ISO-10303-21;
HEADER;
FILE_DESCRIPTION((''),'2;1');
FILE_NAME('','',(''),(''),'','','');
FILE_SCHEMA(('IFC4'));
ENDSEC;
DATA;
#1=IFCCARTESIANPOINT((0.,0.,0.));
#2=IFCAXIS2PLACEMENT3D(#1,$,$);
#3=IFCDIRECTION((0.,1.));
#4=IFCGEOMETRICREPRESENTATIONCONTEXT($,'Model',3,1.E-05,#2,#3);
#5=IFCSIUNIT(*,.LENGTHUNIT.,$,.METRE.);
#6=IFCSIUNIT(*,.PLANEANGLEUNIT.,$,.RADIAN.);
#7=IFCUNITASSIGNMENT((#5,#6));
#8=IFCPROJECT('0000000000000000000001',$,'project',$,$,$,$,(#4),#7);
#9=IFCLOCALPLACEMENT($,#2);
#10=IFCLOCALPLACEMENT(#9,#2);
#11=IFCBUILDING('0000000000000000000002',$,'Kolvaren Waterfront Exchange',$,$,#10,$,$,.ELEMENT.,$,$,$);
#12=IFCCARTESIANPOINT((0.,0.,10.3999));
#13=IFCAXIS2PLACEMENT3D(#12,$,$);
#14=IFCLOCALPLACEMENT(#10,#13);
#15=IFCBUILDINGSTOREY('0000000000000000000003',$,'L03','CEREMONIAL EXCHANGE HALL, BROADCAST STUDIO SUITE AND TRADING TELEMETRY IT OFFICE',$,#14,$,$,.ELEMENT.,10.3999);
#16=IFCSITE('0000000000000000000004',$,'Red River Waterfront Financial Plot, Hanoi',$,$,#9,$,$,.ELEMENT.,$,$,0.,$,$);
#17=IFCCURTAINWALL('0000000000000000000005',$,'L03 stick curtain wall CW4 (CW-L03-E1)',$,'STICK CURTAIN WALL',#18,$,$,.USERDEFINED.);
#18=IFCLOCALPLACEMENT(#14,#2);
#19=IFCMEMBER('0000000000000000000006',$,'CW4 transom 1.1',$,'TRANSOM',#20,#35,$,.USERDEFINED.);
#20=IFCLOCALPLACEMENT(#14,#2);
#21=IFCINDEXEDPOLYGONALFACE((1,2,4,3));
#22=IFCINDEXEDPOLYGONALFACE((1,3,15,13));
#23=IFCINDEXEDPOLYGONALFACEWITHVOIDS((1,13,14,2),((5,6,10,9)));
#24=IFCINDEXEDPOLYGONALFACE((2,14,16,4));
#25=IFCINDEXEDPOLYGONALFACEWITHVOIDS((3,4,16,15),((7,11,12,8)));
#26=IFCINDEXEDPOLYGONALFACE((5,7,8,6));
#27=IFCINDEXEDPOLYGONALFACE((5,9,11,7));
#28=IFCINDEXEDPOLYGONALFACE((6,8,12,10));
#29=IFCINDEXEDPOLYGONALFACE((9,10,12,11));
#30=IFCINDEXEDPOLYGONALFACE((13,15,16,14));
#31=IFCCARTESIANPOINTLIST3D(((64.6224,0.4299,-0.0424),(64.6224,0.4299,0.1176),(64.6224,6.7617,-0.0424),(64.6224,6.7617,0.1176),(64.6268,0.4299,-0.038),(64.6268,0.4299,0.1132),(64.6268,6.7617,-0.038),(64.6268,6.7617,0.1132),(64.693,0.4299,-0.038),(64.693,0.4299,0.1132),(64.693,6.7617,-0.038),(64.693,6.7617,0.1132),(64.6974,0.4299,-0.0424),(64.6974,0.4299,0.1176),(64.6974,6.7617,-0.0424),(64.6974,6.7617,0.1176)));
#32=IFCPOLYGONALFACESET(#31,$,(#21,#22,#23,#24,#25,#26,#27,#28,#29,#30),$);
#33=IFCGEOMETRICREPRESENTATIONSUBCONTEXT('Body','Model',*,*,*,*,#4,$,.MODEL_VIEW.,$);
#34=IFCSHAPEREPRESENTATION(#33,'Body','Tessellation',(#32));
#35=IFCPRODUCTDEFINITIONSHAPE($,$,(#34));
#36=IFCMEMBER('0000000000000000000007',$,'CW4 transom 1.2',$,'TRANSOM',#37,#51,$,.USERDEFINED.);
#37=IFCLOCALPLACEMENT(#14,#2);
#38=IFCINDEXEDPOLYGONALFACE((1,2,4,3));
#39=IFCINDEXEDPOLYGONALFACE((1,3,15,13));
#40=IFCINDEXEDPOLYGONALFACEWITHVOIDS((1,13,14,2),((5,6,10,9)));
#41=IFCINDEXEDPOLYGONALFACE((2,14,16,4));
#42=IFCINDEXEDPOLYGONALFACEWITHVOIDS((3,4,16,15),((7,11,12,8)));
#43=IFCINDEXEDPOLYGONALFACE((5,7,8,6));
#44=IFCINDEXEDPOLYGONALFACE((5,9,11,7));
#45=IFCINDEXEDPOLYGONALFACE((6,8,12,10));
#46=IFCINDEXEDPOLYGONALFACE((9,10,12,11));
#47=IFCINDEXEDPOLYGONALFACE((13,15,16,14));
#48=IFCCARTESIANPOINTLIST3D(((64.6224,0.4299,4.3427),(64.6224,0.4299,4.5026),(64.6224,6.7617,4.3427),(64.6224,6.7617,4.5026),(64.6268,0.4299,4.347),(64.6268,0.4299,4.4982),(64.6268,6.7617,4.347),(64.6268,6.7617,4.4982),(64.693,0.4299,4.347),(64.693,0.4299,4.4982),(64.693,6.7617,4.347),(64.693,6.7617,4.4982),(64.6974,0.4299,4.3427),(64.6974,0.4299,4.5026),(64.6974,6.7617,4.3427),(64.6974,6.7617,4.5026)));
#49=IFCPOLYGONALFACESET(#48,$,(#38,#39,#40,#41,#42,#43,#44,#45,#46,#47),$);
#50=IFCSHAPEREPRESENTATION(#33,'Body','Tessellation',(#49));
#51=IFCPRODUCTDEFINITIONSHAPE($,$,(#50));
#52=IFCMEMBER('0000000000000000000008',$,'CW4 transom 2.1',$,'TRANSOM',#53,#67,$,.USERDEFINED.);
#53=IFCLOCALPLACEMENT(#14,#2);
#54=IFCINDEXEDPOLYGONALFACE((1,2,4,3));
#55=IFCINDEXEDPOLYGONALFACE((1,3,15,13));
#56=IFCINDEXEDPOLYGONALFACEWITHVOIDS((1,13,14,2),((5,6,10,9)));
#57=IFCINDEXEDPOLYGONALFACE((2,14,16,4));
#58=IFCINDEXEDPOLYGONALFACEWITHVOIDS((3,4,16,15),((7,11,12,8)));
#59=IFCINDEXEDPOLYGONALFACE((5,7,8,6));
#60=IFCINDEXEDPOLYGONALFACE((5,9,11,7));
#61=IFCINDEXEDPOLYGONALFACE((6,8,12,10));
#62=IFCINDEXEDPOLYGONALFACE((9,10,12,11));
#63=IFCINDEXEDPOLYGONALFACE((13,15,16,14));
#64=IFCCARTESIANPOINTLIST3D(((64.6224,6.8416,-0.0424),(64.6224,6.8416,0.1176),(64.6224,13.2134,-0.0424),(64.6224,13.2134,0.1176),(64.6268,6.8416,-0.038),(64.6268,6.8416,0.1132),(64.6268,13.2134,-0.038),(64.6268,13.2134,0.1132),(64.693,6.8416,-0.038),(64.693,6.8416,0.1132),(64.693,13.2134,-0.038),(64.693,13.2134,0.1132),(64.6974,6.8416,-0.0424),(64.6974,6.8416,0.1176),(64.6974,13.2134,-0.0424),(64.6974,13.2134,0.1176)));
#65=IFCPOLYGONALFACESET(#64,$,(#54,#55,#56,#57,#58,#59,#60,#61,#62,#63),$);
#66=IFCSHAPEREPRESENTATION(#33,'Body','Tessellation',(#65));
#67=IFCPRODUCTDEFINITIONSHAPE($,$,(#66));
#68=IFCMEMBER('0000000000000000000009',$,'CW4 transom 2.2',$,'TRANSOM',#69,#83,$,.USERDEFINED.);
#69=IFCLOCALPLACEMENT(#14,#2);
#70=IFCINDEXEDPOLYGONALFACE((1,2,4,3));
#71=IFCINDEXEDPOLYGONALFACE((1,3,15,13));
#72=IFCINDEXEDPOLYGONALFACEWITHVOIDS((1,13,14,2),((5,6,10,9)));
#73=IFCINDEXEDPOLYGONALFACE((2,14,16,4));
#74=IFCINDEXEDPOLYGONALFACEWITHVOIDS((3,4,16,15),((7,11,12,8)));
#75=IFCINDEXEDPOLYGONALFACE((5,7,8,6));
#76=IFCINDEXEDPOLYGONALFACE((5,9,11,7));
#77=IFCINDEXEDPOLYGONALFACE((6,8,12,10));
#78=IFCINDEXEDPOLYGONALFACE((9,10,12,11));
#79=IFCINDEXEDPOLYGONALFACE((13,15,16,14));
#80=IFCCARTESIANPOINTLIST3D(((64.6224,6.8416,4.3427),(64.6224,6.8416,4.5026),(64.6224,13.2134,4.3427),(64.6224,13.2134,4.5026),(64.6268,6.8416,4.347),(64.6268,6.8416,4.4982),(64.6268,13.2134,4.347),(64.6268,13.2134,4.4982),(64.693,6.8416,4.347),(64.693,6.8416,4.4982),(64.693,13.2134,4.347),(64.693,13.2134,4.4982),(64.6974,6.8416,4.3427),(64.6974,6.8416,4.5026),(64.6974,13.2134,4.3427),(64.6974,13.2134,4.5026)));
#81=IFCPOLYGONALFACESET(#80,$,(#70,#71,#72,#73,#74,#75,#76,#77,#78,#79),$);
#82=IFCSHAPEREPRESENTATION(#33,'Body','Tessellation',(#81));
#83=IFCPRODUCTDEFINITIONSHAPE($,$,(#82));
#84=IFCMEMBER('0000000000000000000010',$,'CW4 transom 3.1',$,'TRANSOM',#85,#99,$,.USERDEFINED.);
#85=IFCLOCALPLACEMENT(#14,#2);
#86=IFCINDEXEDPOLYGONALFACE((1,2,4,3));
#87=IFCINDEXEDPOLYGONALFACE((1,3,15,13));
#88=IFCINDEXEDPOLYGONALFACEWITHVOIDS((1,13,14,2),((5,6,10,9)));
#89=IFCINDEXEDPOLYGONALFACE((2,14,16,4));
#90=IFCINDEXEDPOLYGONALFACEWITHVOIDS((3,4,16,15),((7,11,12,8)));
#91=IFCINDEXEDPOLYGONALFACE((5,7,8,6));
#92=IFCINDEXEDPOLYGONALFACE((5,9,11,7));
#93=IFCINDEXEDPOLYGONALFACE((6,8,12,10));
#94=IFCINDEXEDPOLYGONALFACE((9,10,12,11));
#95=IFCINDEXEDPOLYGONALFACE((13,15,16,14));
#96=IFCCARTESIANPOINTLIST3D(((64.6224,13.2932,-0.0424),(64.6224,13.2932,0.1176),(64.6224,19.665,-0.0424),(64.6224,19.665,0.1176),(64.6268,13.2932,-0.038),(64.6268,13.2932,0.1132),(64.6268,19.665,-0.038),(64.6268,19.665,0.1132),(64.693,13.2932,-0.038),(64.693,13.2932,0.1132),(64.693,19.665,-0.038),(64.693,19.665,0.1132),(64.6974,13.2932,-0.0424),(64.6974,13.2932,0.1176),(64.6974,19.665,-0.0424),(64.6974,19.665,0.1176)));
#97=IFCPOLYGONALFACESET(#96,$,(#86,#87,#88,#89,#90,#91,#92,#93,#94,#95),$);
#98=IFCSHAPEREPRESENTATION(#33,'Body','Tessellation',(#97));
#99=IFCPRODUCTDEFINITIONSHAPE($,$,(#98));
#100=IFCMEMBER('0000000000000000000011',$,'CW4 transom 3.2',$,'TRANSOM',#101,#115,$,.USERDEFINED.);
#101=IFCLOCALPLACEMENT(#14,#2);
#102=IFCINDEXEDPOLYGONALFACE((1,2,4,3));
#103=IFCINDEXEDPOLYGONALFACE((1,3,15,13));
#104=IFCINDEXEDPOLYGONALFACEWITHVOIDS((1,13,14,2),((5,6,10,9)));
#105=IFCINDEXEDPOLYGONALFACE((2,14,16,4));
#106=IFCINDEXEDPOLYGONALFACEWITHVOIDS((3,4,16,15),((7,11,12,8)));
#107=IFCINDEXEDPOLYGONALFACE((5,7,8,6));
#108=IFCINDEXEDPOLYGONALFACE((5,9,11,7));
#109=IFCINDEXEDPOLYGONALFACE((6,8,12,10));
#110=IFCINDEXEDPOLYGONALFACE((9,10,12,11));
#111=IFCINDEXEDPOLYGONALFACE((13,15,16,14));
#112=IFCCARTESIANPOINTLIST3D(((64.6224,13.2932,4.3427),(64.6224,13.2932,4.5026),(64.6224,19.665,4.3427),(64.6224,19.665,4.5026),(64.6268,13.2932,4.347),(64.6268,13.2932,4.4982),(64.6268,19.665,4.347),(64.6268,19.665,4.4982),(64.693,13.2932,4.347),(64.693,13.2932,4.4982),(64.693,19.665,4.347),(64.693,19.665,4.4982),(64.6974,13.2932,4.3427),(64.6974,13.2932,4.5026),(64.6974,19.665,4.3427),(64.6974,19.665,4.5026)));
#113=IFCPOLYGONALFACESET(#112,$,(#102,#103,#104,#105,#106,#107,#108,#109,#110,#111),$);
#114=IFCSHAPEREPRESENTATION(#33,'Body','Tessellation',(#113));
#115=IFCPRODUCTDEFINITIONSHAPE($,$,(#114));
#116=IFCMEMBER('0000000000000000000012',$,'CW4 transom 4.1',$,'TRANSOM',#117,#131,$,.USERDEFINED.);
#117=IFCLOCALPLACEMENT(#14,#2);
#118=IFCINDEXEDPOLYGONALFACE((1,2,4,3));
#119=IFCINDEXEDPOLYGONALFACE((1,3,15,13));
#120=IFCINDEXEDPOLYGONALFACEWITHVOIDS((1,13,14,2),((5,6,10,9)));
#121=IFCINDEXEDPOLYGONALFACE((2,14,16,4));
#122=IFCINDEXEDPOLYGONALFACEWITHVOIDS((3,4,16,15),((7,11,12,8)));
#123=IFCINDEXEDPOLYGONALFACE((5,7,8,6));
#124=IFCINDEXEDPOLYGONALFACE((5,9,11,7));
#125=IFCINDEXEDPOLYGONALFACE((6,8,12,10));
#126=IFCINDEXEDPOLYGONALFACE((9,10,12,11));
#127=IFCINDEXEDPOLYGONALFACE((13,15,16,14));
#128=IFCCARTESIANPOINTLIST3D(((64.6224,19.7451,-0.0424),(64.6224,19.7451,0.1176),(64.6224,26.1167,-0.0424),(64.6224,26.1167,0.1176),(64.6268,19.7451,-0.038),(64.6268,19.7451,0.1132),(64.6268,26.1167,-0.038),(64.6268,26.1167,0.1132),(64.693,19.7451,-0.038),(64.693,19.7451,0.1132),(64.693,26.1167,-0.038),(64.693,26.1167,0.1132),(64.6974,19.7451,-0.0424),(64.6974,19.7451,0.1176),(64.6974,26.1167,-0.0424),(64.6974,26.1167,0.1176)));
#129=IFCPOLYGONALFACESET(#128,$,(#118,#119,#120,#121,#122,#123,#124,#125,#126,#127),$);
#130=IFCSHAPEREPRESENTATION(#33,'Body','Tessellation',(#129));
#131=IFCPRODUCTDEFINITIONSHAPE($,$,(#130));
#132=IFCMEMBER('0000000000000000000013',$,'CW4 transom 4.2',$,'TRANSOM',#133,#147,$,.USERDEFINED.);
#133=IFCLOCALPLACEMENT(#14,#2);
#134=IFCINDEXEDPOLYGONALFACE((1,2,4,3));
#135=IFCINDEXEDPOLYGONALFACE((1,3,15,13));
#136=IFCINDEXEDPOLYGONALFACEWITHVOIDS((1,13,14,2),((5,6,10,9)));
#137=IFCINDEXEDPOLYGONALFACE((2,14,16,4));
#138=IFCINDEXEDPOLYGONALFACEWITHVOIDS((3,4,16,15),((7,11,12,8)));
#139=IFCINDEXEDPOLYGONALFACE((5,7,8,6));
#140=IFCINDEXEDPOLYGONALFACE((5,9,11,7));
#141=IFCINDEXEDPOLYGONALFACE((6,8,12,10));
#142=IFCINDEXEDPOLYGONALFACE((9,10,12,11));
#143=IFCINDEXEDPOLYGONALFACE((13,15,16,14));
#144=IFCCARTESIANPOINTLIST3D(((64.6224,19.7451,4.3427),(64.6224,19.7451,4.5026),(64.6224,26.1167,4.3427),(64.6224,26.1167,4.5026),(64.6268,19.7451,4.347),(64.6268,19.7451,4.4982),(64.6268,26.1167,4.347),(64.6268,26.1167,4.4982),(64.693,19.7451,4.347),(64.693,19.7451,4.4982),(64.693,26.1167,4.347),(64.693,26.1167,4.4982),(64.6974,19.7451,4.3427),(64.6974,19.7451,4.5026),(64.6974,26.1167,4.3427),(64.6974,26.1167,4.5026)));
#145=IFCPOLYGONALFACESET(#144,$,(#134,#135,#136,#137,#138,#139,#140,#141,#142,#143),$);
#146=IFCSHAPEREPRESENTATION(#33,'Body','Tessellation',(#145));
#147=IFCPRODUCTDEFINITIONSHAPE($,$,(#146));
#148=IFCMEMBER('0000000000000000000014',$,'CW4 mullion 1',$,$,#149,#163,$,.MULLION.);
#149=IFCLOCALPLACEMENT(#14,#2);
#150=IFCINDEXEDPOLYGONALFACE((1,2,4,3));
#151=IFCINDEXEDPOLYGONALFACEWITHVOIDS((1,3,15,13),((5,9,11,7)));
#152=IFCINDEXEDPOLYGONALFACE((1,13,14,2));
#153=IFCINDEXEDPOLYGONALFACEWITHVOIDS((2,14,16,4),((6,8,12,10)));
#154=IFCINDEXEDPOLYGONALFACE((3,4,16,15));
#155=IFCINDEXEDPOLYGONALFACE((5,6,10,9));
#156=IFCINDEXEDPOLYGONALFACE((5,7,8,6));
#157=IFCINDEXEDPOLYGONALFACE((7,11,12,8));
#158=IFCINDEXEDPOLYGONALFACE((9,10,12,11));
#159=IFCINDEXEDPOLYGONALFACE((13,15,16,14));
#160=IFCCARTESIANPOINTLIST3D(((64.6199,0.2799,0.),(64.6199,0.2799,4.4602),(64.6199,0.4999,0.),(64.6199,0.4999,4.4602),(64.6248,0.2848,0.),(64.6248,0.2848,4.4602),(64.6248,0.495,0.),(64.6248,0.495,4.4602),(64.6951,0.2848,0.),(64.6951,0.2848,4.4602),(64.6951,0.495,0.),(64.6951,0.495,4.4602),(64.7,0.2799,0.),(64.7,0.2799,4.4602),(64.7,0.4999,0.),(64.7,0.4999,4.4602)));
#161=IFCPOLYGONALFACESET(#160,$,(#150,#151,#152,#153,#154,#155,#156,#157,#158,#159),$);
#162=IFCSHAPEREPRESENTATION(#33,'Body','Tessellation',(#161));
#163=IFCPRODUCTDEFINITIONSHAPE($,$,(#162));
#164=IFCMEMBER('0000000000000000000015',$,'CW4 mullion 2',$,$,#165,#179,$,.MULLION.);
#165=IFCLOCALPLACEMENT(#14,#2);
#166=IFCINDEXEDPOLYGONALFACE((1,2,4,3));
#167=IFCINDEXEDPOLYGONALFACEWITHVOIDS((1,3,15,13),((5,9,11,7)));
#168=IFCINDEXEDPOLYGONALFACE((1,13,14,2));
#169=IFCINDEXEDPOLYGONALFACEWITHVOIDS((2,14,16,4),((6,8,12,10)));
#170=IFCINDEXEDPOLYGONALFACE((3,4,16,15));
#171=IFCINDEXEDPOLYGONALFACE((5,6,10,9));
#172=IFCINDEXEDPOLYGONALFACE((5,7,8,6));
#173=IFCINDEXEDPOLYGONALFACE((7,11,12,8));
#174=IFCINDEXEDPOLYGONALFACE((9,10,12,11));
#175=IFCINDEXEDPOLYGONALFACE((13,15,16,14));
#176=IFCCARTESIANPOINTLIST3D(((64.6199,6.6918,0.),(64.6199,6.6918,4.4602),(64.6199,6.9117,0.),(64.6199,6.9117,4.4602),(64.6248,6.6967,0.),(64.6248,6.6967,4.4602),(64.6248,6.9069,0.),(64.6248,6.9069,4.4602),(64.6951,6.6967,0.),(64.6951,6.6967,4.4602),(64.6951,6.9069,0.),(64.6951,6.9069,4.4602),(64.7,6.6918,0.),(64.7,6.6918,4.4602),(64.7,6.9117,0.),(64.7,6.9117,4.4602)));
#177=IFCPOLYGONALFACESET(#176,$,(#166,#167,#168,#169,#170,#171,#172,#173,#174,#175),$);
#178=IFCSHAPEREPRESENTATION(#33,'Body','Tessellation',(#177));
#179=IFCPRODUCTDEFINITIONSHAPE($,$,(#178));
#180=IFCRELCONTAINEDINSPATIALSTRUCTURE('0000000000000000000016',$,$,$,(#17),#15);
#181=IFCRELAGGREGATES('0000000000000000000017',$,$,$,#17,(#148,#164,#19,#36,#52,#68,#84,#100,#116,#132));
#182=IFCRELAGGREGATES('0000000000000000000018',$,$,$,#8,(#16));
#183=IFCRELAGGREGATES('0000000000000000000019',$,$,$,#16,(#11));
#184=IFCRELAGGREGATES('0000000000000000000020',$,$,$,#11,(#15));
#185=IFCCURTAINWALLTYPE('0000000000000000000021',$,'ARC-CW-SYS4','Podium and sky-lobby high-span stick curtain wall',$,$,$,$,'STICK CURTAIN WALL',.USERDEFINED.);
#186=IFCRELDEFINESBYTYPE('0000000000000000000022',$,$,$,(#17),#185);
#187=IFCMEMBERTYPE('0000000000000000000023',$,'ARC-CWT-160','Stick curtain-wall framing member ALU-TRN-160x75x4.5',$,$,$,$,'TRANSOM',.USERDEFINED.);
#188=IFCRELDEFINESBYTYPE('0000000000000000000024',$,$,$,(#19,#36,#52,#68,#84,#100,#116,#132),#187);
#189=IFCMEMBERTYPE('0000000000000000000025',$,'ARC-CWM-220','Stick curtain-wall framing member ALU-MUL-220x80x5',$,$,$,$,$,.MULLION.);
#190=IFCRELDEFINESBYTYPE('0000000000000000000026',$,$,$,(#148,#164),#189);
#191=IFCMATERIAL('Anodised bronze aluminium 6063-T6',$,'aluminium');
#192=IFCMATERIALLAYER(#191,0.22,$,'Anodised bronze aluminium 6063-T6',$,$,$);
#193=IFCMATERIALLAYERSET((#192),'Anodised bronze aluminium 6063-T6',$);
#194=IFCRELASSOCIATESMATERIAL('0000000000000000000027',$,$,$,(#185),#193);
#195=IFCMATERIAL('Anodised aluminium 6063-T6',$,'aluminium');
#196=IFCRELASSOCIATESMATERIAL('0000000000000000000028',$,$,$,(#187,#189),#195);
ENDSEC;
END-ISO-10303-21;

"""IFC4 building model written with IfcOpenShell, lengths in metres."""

from ifc_helpers import new_model, si_unit, direction, frame, origin, origin_with_axes, origin_2d, place, context, subcontext, project, spatial, hollow_rectangle, extrude, source, transform, mapped, material, layer, layer_set, material_profile, profile_set, type_object, element, aggregate, save


model = new_model("IFC4")

# Units and contexts
model_context = context("Model", 3, precision=1e-05, world=origin(), true_north=direction((0.0, 1.0)))
body_context = subcontext(model_context, "Body", "Model", "MODEL_VIEW")
ifc_project = project(units=[si_unit("LENGTHUNIT", "METRE"), si_unit("PLANEANGLEUNIT", "RADIAN")], contexts=[model_context])

# Site, building, storey
site_placement = place(None, origin())
site = spatial("IfcSite", under=ifc_project, at=site_placement, Name="Red River Waterfront Financial Plot, Hanoi", CompositionType="ELEMENT", RefElevation=0.0)
building_placement = place(site_placement, origin())
building = spatial("IfcBuilding", under=site, at=building_placement, Name="Kolvaren Waterfront Exchange", CompositionType="ELEMENT")
storey_placement = place(building_placement, frame((0.0, 0.0, 10.3999)))
storey = spatial("IfcBuildingStorey", under=building, at=storey_placement, Name="L03", Description="CEREMONIAL EXCHANGE HALL, BROADCAST STUDIO SUITE AND TRADING TELEMETRY IT OFFICE", CompositionType="ELEMENT", Elevation=10.3999)

# Curtain wall, members
ifc_material_1 = material(Name="Anodised bronze aluminium 6063-T6", Category="aluminium")
ifc_layer_1 = layer(ifc_material_1, 0.22, Name="Anodised bronze aluminium 6063-T6")
ifc_layer_set_1 = layer_set([ifc_layer_1], Name="Anodised bronze aluminium 6063-T6")
curtain_wall_type = type_object("IfcCurtainWallType", Name="ARC-CW-SYS4", Description="Podium and sky-lobby high-span stick curtain wall", ElementType="STICK CURTAIN WALL", PredefinedType="USERDEFINED", material=ifc_layer_set_1)
curtain_wall_placement = place(storey_placement, origin())
curtain_wall = element("IfcCurtainWall", 1, at=curtain_wall_placement, inside=storey, type_object=curtain_wall_type, Name="L03 stick curtain wall CW4 (CW-L03-E1)", ObjectType="STICK CURTAIN WALL", PredefinedType="USERDEFINED")
ifc_material_2 = material(Name="Anodised aluminium 6063-T6", Category="aluminium")
ifc_material_profile_1 = material_profile(ifc_material_2, hollow_rectangle(XDim=0.075, YDim=0.1599, WallThickness=0.0044, at=origin_2d()), Name="ALU-TRN-160x75x4.5")
ifc_profile_set_1 = profile_set([ifc_material_profile_1], Name="Anodised aluminium 6063-T6")
member_type_1 = type_object("IfcMemberType", Name="ARC-CWT-160", Description="Stick curtain-wall framing member ALU-TRN-160x75x4.5", ElementType="TRANSOM", PredefinedType="USERDEFINED", material=ifc_profile_set_1)
shared_shape_1 = source(origin_with_axes(), body_context, "Body", "SweptSolid", [
    extrude(hollow_rectangle(XDim=0.075, YDim=0.1599, WallThickness=0.0044, at=origin_2d()), origin(), (0.0, 0.0, 1.0), 6.3318),
])
member_1_placement = place(storey_placement, frame((64.6599, 0.4299, 0.0376), z_axis=(0.0, 1.0, 0.0), x_axis=(-1.0, 0.0, 0.0)))
member_1 = element("IfcMember", 2, at=member_1_placement, type_object=member_type_1, Name="CW4 transom 1.1", ObjectType="TRANSOM", PredefinedType="USERDEFINED", context=body_context, shape_type="MappedRepresentation", body=[
    mapped(shared_shape_1, transform((0.0, 0.0, 0.0), x_axis=(1.0, 0.0, 0.0), y_axis=(0.0, 1.0, 0.0), z_axis=(0.0, 0.0, 1.0), scale=1.0)),
])
member_2_placement = place(storey_placement, frame((64.6599, 0.4299, 4.4226), z_axis=(0.0, 1.0, 0.0), x_axis=(-1.0, 0.0, 0.0)))
member_2 = element("IfcMember", 3, at=member_2_placement, type_object=member_type_1, Name="CW4 transom 1.2", ObjectType="TRANSOM", PredefinedType="USERDEFINED", context=body_context, shape_type="MappedRepresentation", body=[
    mapped(shared_shape_1, transform((0.0, 0.0, 0.0), x_axis=(1.0, 0.0, 0.0), y_axis=(0.0, 1.0, 0.0), z_axis=(0.0, 0.0, 1.0), scale=1.0)),
])
shared_shape_2 = source(origin_with_axes(), body_context, "Body", "SweptSolid", [
    extrude(hollow_rectangle(XDim=0.075, YDim=0.1599, WallThickness=0.0044, at=origin_2d()), origin(), (0.0, 0.0, 1.0), 6.3718),
])
member_3_placement = place(storey_placement, frame((64.6599, 6.8416, 0.0376), z_axis=(0.0, 1.0, 0.0), x_axis=(-1.0, 0.0, 0.0)))
member_3 = element("IfcMember", 4, at=member_3_placement, type_object=member_type_1, Name="CW4 transom 2.1", ObjectType="TRANSOM", PredefinedType="USERDEFINED", context=body_context, shape_type="MappedRepresentation", body=[
    mapped(shared_shape_2, transform((0.0, 0.0, 0.0), x_axis=(1.0, 0.0, 0.0), y_axis=(0.0, 1.0, 0.0), z_axis=(0.0, 0.0, 1.0), scale=1.0)),
])
member_4_placement = place(storey_placement, frame((64.6599, 6.8416, 4.4226), z_axis=(0.0, 1.0, 0.0), x_axis=(-1.0, 0.0, 0.0)))
member_4 = element("IfcMember", 5, at=member_4_placement, type_object=member_type_1, Name="CW4 transom 2.2", ObjectType="TRANSOM", PredefinedType="USERDEFINED", context=body_context, shape_type="MappedRepresentation", body=[
    mapped(shared_shape_2, transform((0.0, 0.0, 0.0), x_axis=(1.0, 0.0, 0.0), y_axis=(0.0, 1.0, 0.0), z_axis=(0.0, 0.0, 1.0), scale=1.0)),
])
member_5_placement = place(storey_placement, frame((64.6599, 13.2932, 0.0376), z_axis=(0.0, 1.0, 0.0), x_axis=(-1.0, 0.0, 0.0)))
member_5 = element("IfcMember", 6, at=member_5_placement, type_object=member_type_1, Name="CW4 transom 3.1", ObjectType="TRANSOM", PredefinedType="USERDEFINED", context=body_context, shape_type="MappedRepresentation", body=[
    mapped(shared_shape_2, transform((0.0, 0.0, 0.0), x_axis=(1.0, 0.0, 0.0), y_axis=(0.0, 1.0, 0.0), z_axis=(0.0, 0.0, 1.0), scale=1.0)),
])
member_6_placement = place(storey_placement, frame((64.6599, 13.2932, 4.4226), z_axis=(0.0, 1.0, 0.0), x_axis=(-1.0, 0.0, 0.0)))
member_6 = element("IfcMember", 7, at=member_6_placement, type_object=member_type_1, Name="CW4 transom 3.2", ObjectType="TRANSOM", PredefinedType="USERDEFINED", context=body_context, shape_type="MappedRepresentation", body=[
    mapped(shared_shape_2, transform((0.0, 0.0, 0.0), x_axis=(1.0, 0.0, 0.0), y_axis=(0.0, 1.0, 0.0), z_axis=(0.0, 0.0, 1.0), scale=1.0)),
])
shared_shape_3 = source(origin_with_axes(), body_context, "Body", "SweptSolid", [
    extrude(hollow_rectangle(XDim=0.075, YDim=0.1599, WallThickness=0.0044, at=origin_2d()), origin(), (0.0, 0.0, 1.0), 6.3716),
])
member_7_placement = place(storey_placement, frame((64.6599, 19.7451, 0.0376), z_axis=(0.0, 1.0, 0.0), x_axis=(-1.0, 0.0, 0.0)))
member_7 = element("IfcMember", 8, at=member_7_placement, type_object=member_type_1, Name="CW4 transom 4.1", ObjectType="TRANSOM", PredefinedType="USERDEFINED", context=body_context, shape_type="MappedRepresentation", body=[
    mapped(shared_shape_3, transform((0.0, 0.0, 0.0), x_axis=(1.0, 0.0, 0.0), y_axis=(0.0, 1.0, 0.0), z_axis=(0.0, 0.0, 1.0), scale=1.0)),
])
member_8_placement = place(storey_placement, frame((64.6599, 19.7451, 4.4226), z_axis=(0.0, 1.0, 0.0), x_axis=(-1.0, 0.0, 0.0)))
member_8 = element("IfcMember", 9, at=member_8_placement, type_object=member_type_1, Name="CW4 transom 4.2", ObjectType="TRANSOM", PredefinedType="USERDEFINED", context=body_context, shape_type="MappedRepresentation", body=[
    mapped(shared_shape_3, transform((0.0, 0.0, 0.0), x_axis=(1.0, 0.0, 0.0), y_axis=(0.0, 1.0, 0.0), z_axis=(0.0, 0.0, 1.0), scale=1.0)),
])
ifc_material_profile_2 = material_profile(ifc_material_2, hollow_rectangle(XDim=0.0801, YDim=0.22, WallThickness=0.0049, at=origin_2d()), Name="ALU-MUL-220x80x5")
ifc_profile_set_2 = profile_set([ifc_material_profile_2], Name="Anodised aluminium 6063-T6")
member_type_2 = type_object("IfcMemberType", Name="ARC-CWM-220", Description="Stick curtain-wall framing member ALU-MUL-220x80x5", PredefinedType="MULLION", material=ifc_profile_set_2)
shared_shape_4 = source(origin_with_axes(), body_context, "Body", "SweptSolid", [
    extrude(hollow_rectangle(XDim=0.0801, YDim=0.22, WallThickness=0.0049, at=origin_2d()), origin(), (0.0, 0.0, 1.0), 4.4602),
])
member_9_placement = place(storey_placement, frame((64.6599, 0.3899, 0.0), z_axis=(0.0, 0.0, 1.0), x_axis=(-1.0, 0.0, 0.0)))
member_9 = element("IfcMember", 10, at=member_9_placement, type_object=member_type_2, Name="CW4 mullion 1", PredefinedType="MULLION", context=body_context, shape_type="MappedRepresentation", body=[
    mapped(shared_shape_4, transform((0.0, 0.0, 0.0), x_axis=(1.0, 0.0, 0.0), y_axis=(0.0, 1.0, 0.0), z_axis=(0.0, 0.0, 1.0), scale=1.0)),
])
member_10_placement = place(storey_placement, frame((64.6599, 6.8018, 0.0), z_axis=(0.0, 0.0, 1.0), x_axis=(-1.0, 0.0, 0.0)))
member_10 = element("IfcMember", 11, at=member_10_placement, type_object=member_type_2, Name="CW4 mullion 2", PredefinedType="MULLION", context=body_context, shape_type="MappedRepresentation", body=[
    mapped(shared_shape_4, transform((0.0, 0.0, 0.0), x_axis=(1.0, 0.0, 0.0), y_axis=(0.0, 1.0, 0.0), z_axis=(0.0, 0.0, 1.0), scale=1.0)),
])
aggregate(curtain_wall, [member_9, member_10, member_1, member_2, member_3, member_4, member_5, member_6, member_7, member_8])

save(model, "model.ifc")
